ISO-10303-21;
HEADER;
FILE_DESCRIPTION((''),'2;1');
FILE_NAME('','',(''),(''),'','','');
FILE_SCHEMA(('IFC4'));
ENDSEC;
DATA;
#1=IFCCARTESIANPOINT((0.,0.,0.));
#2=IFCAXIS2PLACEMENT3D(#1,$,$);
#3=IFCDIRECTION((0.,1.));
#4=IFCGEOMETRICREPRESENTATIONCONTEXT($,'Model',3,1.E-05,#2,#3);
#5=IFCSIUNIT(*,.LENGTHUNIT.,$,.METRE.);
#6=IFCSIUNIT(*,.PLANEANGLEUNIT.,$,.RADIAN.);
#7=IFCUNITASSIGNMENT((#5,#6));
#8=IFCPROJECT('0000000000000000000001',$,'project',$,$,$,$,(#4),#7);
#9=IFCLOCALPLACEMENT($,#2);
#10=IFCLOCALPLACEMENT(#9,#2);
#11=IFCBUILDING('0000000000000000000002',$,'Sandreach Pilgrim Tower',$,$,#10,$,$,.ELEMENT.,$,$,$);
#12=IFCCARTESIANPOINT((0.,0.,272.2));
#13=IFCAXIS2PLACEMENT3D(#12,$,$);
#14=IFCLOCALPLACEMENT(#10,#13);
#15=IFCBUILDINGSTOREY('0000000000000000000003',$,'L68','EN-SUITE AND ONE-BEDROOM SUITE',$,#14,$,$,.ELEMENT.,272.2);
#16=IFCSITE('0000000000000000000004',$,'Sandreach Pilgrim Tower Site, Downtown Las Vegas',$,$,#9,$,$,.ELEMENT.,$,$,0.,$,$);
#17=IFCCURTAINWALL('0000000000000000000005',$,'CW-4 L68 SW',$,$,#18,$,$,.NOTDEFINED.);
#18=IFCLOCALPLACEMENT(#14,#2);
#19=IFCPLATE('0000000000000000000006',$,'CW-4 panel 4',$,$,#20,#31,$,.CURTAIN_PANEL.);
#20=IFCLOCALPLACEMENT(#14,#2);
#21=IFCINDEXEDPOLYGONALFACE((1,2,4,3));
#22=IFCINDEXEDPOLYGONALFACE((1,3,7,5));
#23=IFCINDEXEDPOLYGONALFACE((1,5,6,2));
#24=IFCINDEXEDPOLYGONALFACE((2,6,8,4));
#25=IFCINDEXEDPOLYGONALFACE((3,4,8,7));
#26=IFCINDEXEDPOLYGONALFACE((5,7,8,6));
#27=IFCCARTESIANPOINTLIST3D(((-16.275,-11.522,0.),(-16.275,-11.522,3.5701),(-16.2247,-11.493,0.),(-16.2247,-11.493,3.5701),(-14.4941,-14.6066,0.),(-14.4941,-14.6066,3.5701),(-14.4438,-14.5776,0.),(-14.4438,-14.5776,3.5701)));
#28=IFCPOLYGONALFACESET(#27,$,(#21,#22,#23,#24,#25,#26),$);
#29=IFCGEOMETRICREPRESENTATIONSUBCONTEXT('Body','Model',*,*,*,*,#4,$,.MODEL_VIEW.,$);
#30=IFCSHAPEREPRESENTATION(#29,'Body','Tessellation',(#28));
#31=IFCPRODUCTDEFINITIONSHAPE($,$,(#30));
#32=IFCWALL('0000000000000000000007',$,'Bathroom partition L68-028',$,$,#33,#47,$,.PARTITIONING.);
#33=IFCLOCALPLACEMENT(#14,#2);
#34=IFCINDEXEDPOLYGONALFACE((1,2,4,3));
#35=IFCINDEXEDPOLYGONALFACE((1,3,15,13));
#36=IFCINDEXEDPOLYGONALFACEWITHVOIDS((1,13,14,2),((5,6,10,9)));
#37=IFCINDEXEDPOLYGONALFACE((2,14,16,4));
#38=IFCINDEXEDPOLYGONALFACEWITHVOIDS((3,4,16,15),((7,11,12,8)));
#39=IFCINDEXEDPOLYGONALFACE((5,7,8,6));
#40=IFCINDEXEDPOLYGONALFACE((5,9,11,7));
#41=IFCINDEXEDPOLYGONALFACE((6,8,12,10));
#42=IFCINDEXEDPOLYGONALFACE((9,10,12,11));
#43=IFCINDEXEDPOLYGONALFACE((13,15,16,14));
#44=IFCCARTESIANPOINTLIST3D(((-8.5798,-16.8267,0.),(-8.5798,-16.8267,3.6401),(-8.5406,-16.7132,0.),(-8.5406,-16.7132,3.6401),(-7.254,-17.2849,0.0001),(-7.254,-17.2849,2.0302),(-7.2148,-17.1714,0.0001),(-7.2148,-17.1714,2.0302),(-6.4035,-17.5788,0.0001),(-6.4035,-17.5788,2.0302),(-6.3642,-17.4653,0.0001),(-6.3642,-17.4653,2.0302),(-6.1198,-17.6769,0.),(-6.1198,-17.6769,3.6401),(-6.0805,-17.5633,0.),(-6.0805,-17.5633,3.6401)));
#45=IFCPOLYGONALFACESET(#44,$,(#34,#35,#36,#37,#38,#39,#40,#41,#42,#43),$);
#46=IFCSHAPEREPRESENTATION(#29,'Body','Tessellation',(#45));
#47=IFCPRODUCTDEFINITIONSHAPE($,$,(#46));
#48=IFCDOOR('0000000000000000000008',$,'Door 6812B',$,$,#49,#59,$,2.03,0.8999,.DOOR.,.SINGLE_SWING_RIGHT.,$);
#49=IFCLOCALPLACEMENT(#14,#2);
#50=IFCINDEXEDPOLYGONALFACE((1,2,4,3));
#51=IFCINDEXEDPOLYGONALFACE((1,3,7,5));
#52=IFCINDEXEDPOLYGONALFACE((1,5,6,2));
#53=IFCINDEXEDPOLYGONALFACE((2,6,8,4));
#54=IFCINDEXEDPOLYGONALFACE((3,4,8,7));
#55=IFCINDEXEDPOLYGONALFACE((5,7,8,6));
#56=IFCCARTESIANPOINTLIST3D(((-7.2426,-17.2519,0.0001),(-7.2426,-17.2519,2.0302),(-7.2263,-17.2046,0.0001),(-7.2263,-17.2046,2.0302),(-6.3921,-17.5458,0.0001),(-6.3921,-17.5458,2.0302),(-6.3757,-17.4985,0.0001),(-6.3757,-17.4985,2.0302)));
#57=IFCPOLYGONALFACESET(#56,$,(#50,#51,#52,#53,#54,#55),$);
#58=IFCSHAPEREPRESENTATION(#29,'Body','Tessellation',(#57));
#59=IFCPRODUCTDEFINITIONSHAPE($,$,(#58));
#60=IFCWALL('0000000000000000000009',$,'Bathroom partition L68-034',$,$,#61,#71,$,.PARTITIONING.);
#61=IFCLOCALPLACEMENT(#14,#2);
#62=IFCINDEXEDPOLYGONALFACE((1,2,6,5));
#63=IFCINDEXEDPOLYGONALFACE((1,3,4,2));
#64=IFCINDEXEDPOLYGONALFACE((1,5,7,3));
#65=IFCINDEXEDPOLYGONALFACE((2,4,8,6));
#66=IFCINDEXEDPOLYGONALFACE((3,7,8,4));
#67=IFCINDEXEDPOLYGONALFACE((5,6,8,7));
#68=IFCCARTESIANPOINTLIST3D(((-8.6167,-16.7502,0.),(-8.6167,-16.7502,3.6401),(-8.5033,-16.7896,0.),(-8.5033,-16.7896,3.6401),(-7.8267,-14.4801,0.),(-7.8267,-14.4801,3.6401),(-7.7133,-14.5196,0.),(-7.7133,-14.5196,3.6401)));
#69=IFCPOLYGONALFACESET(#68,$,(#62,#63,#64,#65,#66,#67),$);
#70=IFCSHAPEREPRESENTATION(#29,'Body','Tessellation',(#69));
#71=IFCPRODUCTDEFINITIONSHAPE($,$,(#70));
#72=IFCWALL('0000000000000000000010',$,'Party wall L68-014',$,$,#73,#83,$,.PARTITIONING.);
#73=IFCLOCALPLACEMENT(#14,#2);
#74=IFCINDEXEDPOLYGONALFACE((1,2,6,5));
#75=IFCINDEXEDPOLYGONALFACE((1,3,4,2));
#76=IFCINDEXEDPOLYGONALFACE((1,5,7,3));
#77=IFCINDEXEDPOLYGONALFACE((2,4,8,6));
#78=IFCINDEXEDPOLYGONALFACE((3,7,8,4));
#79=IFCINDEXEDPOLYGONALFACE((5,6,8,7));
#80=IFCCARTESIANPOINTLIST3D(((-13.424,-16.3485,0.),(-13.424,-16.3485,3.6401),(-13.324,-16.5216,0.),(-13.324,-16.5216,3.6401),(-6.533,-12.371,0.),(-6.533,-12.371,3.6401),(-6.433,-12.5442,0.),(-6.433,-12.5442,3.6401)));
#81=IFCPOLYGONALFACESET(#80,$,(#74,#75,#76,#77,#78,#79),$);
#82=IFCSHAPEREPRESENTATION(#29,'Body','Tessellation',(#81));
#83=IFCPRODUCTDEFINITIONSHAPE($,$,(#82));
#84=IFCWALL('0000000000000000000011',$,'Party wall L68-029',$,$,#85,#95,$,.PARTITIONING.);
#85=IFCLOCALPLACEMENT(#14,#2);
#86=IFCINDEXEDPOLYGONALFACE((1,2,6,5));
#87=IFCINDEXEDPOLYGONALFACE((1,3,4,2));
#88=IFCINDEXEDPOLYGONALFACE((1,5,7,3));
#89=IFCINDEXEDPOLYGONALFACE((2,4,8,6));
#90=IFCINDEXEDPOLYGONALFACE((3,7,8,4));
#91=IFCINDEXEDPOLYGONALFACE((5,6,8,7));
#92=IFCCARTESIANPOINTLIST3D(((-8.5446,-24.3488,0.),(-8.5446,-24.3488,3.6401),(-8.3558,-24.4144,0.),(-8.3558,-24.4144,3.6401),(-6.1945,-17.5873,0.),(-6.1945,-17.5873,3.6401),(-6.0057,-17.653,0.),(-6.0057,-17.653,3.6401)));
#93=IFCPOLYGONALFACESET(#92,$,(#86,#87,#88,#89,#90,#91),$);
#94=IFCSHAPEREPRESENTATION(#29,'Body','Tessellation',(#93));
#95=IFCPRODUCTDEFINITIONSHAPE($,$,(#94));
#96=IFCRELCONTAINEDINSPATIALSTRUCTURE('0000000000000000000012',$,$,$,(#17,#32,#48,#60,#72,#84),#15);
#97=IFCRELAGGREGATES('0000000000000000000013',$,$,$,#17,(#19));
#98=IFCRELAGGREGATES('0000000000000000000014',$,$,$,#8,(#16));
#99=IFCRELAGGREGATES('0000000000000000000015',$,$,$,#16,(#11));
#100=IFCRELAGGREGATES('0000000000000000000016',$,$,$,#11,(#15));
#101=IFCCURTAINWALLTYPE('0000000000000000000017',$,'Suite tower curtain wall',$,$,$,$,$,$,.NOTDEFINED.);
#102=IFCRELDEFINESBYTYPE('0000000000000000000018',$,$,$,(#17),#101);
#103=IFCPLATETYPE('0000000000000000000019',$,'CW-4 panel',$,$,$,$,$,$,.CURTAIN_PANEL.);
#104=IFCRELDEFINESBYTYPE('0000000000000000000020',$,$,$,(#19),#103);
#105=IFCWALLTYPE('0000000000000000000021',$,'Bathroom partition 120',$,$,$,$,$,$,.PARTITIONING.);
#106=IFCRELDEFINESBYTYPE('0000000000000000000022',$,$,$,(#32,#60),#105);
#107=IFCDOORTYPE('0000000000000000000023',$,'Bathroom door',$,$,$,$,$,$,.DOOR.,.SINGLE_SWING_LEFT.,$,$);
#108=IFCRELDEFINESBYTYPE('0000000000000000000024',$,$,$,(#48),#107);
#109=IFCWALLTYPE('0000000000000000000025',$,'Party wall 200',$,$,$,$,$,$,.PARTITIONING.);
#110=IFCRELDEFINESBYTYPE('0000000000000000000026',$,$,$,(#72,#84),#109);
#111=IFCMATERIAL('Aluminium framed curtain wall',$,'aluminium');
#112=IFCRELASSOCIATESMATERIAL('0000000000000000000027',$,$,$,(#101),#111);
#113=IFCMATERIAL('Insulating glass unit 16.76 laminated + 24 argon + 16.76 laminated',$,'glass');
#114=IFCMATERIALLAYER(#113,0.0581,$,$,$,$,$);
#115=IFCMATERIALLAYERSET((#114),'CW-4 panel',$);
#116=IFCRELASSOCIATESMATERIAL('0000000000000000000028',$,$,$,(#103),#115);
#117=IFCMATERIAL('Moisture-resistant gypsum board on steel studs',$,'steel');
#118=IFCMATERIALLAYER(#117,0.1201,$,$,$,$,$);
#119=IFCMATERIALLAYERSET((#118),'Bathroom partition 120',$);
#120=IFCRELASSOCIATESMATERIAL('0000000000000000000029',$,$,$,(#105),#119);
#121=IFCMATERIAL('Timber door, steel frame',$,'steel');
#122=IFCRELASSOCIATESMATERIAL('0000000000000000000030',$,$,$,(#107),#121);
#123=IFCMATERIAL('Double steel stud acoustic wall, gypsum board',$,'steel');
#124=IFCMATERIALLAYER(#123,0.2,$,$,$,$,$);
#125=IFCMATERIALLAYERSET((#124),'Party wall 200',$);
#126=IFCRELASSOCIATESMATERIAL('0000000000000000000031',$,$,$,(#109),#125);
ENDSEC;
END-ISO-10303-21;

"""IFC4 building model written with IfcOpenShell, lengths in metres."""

from ifc_helpers import new_model, si_unit, direction, frame, frame_2d, origin, origin_2d, place, context, subcontext, project, spatial, rectangle, extrude, material, layer, layer_set, type_object, element, fill, aggregate, save


model = new_model("IFC4")

# Units and contexts
model_context = context("Model", 3, precision=1e-05, world=origin(), true_north=direction((0.0, 1.0)))
body_context = subcontext(model_context, "Body", "Model", "MODEL_VIEW")
ifc_project = project(units=[si_unit("LENGTHUNIT", "METRE"), si_unit("PLANEANGLEUNIT", "RADIAN")], contexts=[model_context])

# Site, building, storey
site_placement = place(None, origin())
site = spatial("IfcSite", under=ifc_project, at=site_placement, Name="Sandreach Pilgrim Tower Site, Downtown Las Vegas", CompositionType="ELEMENT", RefElevation=0.0)
building_placement = place(site_placement, origin())
building = spatial("IfcBuilding", under=site, at=building_placement, Name="Sandreach Pilgrim Tower", CompositionType="ELEMENT")
storey_placement = place(building_placement, frame((0.0, 0.0, 272.2)))
storey = spatial("IfcBuildingStorey", under=building, at=storey_placement, Name="L68", Description="EN-SUITE AND ONE-BEDROOM SUITE", CompositionType="ELEMENT", Elevation=272.2)

# Curtain wall
ifc_material_1 = material(Name="Aluminium framed curtain wall", Category="aluminium")
curtain_wall_type = type_object("IfcCurtainWallType", Name="Suite tower curtain wall", PredefinedType="NOTDEFINED", material=ifc_material_1)
curtain_wall_placement = place(storey_placement, origin())
curtain_wall = element("IfcCurtainWall", 1, at=curtain_wall_placement, inside=storey, type_object=curtain_wall_type, Name="CW-4 L68 SW", PredefinedType="NOTDEFINED")

# Plate
ifc_material_2 = material(Name="Insulating glass unit 16.76 laminated + 24 argon + 16.76 laminated", Category="glass")
ifc_layer_1 = layer(ifc_material_2, 0.0581)
ifc_layer_set_1 = layer_set([ifc_layer_1], Name="CW-4 panel")
plate_type = type_object("IfcPlateType", Name="CW-4 panel", PredefinedType="CURTAIN_PANEL", material=ifc_layer_set_1)
plate_1_placement = place(storey_placement, frame((-15.3594, -13.0498, 0.0), z_axis=(0.0, 0.0, 1.0), x_axis=(-0.5, 0.866025, 0.0)))
plate_1 = element("IfcPlate", 2, at=plate_1_placement, type_object=plate_type, Name="CW-4 panel 4", PredefinedType="CURTAIN_PANEL", context=body_context, shape_type="SweptSolid", body=[
    extrude(rectangle(XDim=3.5618, YDim=0.0581, at=origin_2d()), origin(), (0.0, 0.0, 1.0), 3.5701),
])
aggregate(curtain_wall, [plate_1])

# Wall, opening, door
ifc_material_3 = material(Name="Moisture-resistant gypsum board on steel studs", Category="steel")
ifc_layer_2 = layer(ifc_material_3, 0.1201)
ifc_layer_set_2 = layer_set([ifc_layer_2], Name="Bathroom partition 120")
wall_type_1 = type_object("IfcWallType", Name="Bathroom partition 120", PredefinedType="PARTITIONING", material=ifc_layer_set_2)
wall_1_placement = place(storey_placement, frame((-8.5601, -16.77, 0.0), z_axis=(0.0, 0.0, 1.0), x_axis=(0.945155, -0.326621, 0.0)))
wall_1 = element("IfcWall", 3, at=wall_1_placement, inside=storey, type_object=wall_type_1, Name="Bathroom partition L68-028", PredefinedType="PARTITIONING", context=body_context, shape_type="SweptSolid", body=[
    extrude(rectangle(XDim=2.6028, YDim=0.1201, at=frame_2d((1.3013, 0.0))), origin(), (0.0, 0.0, 1.0), 3.6401),
])
opening_placement = place(wall_1_placement, frame((1.4026, 0.0, 0.0)))
opening = element("IfcOpeningElement", 4, at=opening_placement, cuts=wall_1, PredefinedType="OPENING", context=body_context, shape_type="SweptSolid", body=[
    extrude(rectangle(XDim=0.8999, YDim=2.03, at=frame_2d((0.45, 1.0151))), frame((0.0, 0.0601, 0.0), z_axis=(0.0, -1.0, 0.0), x_axis=(1.0, 0.0, 0.0)), (0.0, 0.0, 1.0), 0.1201),
])
ifc_material_4 = material(Name="Timber door, steel frame", Category="steel")
door_type = type_object("IfcDoorType", Name="Bathroom door", OperationType="SINGLE_SWING_LEFT", PredefinedType="DOOR", material=ifc_material_4)
door_placement = place(opening_placement, origin())
door = element("IfcDoor", 5, at=door_placement, inside=storey, type_object=door_type, Name="Door 6812B", OperationType="SINGLE_SWING_RIGHT", OverallHeight=2.03, OverallWidth=0.8999, PredefinedType="DOOR", context=body_context, shape_type="SweptSolid", body=[
    extrude(rectangle(XDim=0.8999, YDim=2.03, at=frame_2d((0.45, 1.0151))), frame((0.0, 0.0249, 0.0), z_axis=(0.0, -1.0, 0.0), x_axis=(1.0, 0.0, 0.0)), (0.0, 0.0, 1.0), 0.05),
])
fill(opening, door)

# Walls
wall_2_placement = place(storey_placement, frame((-7.77, -14.5, 0.0), z_axis=(0.0, 0.0, 1.0), x_axis=(-0.328694, -0.944436, 0.0)))
element("IfcWall", 6, at=wall_2_placement, inside=storey, type_object=wall_type_1, Name="Bathroom partition L68-034", PredefinedType="PARTITIONING", context=body_context, shape_type="SweptSolid", body=[
    extrude(rectangle(XDim=2.4036, YDim=0.1201, at=frame_2d((1.2017, 0.0))), origin(), (0.0, 0.0, 1.0), 3.6401),
])
ifc_material_5 = material(Name="Double steel stud acoustic wall, gypsum board", Category="steel")
ifc_layer_3 = layer(ifc_material_5, 0.2)
ifc_layer_set_3 = layer_set([ifc_layer_3], Name="Party wall 200")
wall_type_2 = type_object("IfcWallType", Name="Party wall 200", PredefinedType="PARTITIONING", material=ifc_layer_set_3)
wall_3_placement = place(storey_placement, frame((-13.374, -16.4351, 0.0), z_axis=(0.0, 0.0, 1.0), x_axis=(0.866082, 0.499901, 0.0)))
element("IfcWall", 7, at=wall_3_placement, inside=storey, type_object=wall_type_2, Name="Party wall L68-014", PredefinedType="PARTITIONING", context=body_context, shape_type="SweptSolid", body=[
    extrude(rectangle(XDim=7.9565, YDim=0.2, at=frame_2d((3.9783, 0.0))), origin(), (0.0, 0.0, 1.0), 3.6401),
])
wall_4_placement = place(storey_placement, frame((-8.4502, -24.3816, 0.0), z_axis=(0.0, 0.0, 1.0), x_axis=(0.328306, 0.944571, 0.0)))
element("IfcWall", 8, at=wall_4_placement, inside=storey, type_object=wall_type_2, Name="Party wall L68-029", PredefinedType="PARTITIONING", context=body_context, shape_type="SweptSolid", body=[
    extrude(rectangle(XDim=7.1582, YDim=0.2, at=frame_2d((3.5791, 0.0))), origin(), (0.0, 0.0, 1.0), 3.6401),
])

save(model, "model.ifc")
